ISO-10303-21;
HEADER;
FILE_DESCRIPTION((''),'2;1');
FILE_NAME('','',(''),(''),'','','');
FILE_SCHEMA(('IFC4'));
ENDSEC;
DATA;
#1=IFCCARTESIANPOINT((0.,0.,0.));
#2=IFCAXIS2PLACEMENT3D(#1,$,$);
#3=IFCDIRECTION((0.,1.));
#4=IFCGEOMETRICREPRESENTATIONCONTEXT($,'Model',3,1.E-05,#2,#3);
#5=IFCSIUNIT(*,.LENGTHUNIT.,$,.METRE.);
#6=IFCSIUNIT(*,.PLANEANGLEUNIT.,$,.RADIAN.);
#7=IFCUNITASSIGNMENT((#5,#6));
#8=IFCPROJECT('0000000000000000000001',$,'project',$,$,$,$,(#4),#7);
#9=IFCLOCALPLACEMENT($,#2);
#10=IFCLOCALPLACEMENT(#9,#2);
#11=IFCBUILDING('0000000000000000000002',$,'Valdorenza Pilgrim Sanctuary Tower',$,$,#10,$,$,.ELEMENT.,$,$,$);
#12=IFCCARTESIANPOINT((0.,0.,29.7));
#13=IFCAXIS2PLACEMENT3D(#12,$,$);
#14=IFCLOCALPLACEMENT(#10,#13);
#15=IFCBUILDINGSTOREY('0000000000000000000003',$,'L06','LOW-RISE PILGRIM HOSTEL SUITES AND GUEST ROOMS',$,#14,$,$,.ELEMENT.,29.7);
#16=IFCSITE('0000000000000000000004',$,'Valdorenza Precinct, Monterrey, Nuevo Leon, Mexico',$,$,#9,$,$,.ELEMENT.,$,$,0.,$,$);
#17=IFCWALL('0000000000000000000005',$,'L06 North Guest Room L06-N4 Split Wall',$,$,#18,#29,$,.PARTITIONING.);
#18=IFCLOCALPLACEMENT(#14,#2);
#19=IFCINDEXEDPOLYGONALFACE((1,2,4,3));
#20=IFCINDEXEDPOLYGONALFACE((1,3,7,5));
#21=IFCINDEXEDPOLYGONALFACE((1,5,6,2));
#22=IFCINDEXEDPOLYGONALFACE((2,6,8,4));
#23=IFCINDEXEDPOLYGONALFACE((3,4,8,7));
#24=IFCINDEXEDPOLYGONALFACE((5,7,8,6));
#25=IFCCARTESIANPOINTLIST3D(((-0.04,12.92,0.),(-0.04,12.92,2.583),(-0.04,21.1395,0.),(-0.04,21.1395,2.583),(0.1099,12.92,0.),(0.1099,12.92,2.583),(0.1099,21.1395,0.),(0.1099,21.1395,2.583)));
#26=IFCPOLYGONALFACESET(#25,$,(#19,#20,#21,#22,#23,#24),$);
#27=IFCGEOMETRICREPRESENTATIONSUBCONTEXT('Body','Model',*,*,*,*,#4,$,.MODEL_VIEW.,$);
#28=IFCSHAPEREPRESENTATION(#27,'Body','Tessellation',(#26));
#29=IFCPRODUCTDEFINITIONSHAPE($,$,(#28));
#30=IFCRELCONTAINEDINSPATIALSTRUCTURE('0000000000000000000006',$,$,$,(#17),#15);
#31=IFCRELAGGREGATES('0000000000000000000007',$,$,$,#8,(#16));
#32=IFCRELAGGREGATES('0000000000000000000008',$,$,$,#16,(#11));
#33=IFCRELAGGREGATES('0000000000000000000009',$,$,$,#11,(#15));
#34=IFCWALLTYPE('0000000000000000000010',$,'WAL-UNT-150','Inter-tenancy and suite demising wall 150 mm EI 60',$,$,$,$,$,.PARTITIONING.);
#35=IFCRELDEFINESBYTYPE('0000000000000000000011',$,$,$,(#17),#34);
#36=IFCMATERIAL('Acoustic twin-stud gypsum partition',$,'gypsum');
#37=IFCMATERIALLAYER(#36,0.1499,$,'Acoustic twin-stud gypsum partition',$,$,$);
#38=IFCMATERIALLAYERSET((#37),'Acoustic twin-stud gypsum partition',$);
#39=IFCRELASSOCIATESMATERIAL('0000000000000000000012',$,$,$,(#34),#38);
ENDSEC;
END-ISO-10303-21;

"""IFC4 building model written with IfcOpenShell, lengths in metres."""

from ifc_helpers import new_model, si_unit, direction, frame, frame_2d, origin, place, context, subcontext, project, spatial, rectangle, extrude, material, layer, layer_set, type_object, element, save


model = new_model("IFC4")

# Units and contexts
model_context = context("Model", 3, precision=1e-05, world=origin(), true_north=direction((0.0, 1.0)))
body_context = subcontext(model_context, "Body", "Model", "MODEL_VIEW")
ifc_project = project(units=[si_unit("LENGTHUNIT", "METRE"), si_unit("PLANEANGLEUNIT", "RADIAN")], contexts=[model_context])

# Site, building, storey
site_placement = place(None, origin())
site = spatial("IfcSite", under=ifc_project, at=site_placement, Name="Valdorenza Precinct, Monterrey, Nuevo Leon, Mexico", CompositionType="ELEMENT", RefElevation=0.0)
building_placement = place(site_placement, origin())
building = spatial("IfcBuilding", under=site, at=building_placement, Name="Valdorenza Pilgrim Sanctuary Tower", CompositionType="ELEMENT")
storey_placement = place(building_placement, frame((0.0, 0.0, 29.7)))
storey = spatial("IfcBuildingStorey", under=building, at=storey_placement, Name="L06", Description="LOW-RISE PILGRIM HOSTEL SUITES AND GUEST ROOMS", CompositionType="ELEMENT", Elevation=29.7)

# Wall
ifc_material_1 = material(Name="Acoustic twin-stud gypsum partition", Category="gypsum")
ifc_layer_1 = layer(ifc_material_1, 0.1499, Name="Acoustic twin-stud gypsum partition")
ifc_layer_set_1 = layer_set([ifc_layer_1], Name="Acoustic twin-stud gypsum partition")
wall_type_1 = type_object("IfcWallType", Name="WAL-UNT-150", Description="Inter-tenancy and suite demising wall 150 mm EI 60", PredefinedType="PARTITIONING", material=ifc_layer_set_1)
wall_1_placement = place(storey_placement, frame((0.0349, 12.9199, 0.0), z_axis=(0.0, 0.0, 1.0), x_axis=(0.0, 1.0, 0.0)))
element("IfcWall", 1, at=wall_1_placement, inside=storey, type_object=wall_type_1, Name="L06 North Guest Room L06-N4 Split Wall", PredefinedType="PARTITIONING", context=body_context, shape_type="SweptSolid", body=[
    extrude(rectangle(XDim=8.2195, YDim=0.1499, at=frame_2d((4.1099, 0.0))), origin(), (0.0, 0.0, 1.0), 2.583),
])

save(model, "model.ifc")
